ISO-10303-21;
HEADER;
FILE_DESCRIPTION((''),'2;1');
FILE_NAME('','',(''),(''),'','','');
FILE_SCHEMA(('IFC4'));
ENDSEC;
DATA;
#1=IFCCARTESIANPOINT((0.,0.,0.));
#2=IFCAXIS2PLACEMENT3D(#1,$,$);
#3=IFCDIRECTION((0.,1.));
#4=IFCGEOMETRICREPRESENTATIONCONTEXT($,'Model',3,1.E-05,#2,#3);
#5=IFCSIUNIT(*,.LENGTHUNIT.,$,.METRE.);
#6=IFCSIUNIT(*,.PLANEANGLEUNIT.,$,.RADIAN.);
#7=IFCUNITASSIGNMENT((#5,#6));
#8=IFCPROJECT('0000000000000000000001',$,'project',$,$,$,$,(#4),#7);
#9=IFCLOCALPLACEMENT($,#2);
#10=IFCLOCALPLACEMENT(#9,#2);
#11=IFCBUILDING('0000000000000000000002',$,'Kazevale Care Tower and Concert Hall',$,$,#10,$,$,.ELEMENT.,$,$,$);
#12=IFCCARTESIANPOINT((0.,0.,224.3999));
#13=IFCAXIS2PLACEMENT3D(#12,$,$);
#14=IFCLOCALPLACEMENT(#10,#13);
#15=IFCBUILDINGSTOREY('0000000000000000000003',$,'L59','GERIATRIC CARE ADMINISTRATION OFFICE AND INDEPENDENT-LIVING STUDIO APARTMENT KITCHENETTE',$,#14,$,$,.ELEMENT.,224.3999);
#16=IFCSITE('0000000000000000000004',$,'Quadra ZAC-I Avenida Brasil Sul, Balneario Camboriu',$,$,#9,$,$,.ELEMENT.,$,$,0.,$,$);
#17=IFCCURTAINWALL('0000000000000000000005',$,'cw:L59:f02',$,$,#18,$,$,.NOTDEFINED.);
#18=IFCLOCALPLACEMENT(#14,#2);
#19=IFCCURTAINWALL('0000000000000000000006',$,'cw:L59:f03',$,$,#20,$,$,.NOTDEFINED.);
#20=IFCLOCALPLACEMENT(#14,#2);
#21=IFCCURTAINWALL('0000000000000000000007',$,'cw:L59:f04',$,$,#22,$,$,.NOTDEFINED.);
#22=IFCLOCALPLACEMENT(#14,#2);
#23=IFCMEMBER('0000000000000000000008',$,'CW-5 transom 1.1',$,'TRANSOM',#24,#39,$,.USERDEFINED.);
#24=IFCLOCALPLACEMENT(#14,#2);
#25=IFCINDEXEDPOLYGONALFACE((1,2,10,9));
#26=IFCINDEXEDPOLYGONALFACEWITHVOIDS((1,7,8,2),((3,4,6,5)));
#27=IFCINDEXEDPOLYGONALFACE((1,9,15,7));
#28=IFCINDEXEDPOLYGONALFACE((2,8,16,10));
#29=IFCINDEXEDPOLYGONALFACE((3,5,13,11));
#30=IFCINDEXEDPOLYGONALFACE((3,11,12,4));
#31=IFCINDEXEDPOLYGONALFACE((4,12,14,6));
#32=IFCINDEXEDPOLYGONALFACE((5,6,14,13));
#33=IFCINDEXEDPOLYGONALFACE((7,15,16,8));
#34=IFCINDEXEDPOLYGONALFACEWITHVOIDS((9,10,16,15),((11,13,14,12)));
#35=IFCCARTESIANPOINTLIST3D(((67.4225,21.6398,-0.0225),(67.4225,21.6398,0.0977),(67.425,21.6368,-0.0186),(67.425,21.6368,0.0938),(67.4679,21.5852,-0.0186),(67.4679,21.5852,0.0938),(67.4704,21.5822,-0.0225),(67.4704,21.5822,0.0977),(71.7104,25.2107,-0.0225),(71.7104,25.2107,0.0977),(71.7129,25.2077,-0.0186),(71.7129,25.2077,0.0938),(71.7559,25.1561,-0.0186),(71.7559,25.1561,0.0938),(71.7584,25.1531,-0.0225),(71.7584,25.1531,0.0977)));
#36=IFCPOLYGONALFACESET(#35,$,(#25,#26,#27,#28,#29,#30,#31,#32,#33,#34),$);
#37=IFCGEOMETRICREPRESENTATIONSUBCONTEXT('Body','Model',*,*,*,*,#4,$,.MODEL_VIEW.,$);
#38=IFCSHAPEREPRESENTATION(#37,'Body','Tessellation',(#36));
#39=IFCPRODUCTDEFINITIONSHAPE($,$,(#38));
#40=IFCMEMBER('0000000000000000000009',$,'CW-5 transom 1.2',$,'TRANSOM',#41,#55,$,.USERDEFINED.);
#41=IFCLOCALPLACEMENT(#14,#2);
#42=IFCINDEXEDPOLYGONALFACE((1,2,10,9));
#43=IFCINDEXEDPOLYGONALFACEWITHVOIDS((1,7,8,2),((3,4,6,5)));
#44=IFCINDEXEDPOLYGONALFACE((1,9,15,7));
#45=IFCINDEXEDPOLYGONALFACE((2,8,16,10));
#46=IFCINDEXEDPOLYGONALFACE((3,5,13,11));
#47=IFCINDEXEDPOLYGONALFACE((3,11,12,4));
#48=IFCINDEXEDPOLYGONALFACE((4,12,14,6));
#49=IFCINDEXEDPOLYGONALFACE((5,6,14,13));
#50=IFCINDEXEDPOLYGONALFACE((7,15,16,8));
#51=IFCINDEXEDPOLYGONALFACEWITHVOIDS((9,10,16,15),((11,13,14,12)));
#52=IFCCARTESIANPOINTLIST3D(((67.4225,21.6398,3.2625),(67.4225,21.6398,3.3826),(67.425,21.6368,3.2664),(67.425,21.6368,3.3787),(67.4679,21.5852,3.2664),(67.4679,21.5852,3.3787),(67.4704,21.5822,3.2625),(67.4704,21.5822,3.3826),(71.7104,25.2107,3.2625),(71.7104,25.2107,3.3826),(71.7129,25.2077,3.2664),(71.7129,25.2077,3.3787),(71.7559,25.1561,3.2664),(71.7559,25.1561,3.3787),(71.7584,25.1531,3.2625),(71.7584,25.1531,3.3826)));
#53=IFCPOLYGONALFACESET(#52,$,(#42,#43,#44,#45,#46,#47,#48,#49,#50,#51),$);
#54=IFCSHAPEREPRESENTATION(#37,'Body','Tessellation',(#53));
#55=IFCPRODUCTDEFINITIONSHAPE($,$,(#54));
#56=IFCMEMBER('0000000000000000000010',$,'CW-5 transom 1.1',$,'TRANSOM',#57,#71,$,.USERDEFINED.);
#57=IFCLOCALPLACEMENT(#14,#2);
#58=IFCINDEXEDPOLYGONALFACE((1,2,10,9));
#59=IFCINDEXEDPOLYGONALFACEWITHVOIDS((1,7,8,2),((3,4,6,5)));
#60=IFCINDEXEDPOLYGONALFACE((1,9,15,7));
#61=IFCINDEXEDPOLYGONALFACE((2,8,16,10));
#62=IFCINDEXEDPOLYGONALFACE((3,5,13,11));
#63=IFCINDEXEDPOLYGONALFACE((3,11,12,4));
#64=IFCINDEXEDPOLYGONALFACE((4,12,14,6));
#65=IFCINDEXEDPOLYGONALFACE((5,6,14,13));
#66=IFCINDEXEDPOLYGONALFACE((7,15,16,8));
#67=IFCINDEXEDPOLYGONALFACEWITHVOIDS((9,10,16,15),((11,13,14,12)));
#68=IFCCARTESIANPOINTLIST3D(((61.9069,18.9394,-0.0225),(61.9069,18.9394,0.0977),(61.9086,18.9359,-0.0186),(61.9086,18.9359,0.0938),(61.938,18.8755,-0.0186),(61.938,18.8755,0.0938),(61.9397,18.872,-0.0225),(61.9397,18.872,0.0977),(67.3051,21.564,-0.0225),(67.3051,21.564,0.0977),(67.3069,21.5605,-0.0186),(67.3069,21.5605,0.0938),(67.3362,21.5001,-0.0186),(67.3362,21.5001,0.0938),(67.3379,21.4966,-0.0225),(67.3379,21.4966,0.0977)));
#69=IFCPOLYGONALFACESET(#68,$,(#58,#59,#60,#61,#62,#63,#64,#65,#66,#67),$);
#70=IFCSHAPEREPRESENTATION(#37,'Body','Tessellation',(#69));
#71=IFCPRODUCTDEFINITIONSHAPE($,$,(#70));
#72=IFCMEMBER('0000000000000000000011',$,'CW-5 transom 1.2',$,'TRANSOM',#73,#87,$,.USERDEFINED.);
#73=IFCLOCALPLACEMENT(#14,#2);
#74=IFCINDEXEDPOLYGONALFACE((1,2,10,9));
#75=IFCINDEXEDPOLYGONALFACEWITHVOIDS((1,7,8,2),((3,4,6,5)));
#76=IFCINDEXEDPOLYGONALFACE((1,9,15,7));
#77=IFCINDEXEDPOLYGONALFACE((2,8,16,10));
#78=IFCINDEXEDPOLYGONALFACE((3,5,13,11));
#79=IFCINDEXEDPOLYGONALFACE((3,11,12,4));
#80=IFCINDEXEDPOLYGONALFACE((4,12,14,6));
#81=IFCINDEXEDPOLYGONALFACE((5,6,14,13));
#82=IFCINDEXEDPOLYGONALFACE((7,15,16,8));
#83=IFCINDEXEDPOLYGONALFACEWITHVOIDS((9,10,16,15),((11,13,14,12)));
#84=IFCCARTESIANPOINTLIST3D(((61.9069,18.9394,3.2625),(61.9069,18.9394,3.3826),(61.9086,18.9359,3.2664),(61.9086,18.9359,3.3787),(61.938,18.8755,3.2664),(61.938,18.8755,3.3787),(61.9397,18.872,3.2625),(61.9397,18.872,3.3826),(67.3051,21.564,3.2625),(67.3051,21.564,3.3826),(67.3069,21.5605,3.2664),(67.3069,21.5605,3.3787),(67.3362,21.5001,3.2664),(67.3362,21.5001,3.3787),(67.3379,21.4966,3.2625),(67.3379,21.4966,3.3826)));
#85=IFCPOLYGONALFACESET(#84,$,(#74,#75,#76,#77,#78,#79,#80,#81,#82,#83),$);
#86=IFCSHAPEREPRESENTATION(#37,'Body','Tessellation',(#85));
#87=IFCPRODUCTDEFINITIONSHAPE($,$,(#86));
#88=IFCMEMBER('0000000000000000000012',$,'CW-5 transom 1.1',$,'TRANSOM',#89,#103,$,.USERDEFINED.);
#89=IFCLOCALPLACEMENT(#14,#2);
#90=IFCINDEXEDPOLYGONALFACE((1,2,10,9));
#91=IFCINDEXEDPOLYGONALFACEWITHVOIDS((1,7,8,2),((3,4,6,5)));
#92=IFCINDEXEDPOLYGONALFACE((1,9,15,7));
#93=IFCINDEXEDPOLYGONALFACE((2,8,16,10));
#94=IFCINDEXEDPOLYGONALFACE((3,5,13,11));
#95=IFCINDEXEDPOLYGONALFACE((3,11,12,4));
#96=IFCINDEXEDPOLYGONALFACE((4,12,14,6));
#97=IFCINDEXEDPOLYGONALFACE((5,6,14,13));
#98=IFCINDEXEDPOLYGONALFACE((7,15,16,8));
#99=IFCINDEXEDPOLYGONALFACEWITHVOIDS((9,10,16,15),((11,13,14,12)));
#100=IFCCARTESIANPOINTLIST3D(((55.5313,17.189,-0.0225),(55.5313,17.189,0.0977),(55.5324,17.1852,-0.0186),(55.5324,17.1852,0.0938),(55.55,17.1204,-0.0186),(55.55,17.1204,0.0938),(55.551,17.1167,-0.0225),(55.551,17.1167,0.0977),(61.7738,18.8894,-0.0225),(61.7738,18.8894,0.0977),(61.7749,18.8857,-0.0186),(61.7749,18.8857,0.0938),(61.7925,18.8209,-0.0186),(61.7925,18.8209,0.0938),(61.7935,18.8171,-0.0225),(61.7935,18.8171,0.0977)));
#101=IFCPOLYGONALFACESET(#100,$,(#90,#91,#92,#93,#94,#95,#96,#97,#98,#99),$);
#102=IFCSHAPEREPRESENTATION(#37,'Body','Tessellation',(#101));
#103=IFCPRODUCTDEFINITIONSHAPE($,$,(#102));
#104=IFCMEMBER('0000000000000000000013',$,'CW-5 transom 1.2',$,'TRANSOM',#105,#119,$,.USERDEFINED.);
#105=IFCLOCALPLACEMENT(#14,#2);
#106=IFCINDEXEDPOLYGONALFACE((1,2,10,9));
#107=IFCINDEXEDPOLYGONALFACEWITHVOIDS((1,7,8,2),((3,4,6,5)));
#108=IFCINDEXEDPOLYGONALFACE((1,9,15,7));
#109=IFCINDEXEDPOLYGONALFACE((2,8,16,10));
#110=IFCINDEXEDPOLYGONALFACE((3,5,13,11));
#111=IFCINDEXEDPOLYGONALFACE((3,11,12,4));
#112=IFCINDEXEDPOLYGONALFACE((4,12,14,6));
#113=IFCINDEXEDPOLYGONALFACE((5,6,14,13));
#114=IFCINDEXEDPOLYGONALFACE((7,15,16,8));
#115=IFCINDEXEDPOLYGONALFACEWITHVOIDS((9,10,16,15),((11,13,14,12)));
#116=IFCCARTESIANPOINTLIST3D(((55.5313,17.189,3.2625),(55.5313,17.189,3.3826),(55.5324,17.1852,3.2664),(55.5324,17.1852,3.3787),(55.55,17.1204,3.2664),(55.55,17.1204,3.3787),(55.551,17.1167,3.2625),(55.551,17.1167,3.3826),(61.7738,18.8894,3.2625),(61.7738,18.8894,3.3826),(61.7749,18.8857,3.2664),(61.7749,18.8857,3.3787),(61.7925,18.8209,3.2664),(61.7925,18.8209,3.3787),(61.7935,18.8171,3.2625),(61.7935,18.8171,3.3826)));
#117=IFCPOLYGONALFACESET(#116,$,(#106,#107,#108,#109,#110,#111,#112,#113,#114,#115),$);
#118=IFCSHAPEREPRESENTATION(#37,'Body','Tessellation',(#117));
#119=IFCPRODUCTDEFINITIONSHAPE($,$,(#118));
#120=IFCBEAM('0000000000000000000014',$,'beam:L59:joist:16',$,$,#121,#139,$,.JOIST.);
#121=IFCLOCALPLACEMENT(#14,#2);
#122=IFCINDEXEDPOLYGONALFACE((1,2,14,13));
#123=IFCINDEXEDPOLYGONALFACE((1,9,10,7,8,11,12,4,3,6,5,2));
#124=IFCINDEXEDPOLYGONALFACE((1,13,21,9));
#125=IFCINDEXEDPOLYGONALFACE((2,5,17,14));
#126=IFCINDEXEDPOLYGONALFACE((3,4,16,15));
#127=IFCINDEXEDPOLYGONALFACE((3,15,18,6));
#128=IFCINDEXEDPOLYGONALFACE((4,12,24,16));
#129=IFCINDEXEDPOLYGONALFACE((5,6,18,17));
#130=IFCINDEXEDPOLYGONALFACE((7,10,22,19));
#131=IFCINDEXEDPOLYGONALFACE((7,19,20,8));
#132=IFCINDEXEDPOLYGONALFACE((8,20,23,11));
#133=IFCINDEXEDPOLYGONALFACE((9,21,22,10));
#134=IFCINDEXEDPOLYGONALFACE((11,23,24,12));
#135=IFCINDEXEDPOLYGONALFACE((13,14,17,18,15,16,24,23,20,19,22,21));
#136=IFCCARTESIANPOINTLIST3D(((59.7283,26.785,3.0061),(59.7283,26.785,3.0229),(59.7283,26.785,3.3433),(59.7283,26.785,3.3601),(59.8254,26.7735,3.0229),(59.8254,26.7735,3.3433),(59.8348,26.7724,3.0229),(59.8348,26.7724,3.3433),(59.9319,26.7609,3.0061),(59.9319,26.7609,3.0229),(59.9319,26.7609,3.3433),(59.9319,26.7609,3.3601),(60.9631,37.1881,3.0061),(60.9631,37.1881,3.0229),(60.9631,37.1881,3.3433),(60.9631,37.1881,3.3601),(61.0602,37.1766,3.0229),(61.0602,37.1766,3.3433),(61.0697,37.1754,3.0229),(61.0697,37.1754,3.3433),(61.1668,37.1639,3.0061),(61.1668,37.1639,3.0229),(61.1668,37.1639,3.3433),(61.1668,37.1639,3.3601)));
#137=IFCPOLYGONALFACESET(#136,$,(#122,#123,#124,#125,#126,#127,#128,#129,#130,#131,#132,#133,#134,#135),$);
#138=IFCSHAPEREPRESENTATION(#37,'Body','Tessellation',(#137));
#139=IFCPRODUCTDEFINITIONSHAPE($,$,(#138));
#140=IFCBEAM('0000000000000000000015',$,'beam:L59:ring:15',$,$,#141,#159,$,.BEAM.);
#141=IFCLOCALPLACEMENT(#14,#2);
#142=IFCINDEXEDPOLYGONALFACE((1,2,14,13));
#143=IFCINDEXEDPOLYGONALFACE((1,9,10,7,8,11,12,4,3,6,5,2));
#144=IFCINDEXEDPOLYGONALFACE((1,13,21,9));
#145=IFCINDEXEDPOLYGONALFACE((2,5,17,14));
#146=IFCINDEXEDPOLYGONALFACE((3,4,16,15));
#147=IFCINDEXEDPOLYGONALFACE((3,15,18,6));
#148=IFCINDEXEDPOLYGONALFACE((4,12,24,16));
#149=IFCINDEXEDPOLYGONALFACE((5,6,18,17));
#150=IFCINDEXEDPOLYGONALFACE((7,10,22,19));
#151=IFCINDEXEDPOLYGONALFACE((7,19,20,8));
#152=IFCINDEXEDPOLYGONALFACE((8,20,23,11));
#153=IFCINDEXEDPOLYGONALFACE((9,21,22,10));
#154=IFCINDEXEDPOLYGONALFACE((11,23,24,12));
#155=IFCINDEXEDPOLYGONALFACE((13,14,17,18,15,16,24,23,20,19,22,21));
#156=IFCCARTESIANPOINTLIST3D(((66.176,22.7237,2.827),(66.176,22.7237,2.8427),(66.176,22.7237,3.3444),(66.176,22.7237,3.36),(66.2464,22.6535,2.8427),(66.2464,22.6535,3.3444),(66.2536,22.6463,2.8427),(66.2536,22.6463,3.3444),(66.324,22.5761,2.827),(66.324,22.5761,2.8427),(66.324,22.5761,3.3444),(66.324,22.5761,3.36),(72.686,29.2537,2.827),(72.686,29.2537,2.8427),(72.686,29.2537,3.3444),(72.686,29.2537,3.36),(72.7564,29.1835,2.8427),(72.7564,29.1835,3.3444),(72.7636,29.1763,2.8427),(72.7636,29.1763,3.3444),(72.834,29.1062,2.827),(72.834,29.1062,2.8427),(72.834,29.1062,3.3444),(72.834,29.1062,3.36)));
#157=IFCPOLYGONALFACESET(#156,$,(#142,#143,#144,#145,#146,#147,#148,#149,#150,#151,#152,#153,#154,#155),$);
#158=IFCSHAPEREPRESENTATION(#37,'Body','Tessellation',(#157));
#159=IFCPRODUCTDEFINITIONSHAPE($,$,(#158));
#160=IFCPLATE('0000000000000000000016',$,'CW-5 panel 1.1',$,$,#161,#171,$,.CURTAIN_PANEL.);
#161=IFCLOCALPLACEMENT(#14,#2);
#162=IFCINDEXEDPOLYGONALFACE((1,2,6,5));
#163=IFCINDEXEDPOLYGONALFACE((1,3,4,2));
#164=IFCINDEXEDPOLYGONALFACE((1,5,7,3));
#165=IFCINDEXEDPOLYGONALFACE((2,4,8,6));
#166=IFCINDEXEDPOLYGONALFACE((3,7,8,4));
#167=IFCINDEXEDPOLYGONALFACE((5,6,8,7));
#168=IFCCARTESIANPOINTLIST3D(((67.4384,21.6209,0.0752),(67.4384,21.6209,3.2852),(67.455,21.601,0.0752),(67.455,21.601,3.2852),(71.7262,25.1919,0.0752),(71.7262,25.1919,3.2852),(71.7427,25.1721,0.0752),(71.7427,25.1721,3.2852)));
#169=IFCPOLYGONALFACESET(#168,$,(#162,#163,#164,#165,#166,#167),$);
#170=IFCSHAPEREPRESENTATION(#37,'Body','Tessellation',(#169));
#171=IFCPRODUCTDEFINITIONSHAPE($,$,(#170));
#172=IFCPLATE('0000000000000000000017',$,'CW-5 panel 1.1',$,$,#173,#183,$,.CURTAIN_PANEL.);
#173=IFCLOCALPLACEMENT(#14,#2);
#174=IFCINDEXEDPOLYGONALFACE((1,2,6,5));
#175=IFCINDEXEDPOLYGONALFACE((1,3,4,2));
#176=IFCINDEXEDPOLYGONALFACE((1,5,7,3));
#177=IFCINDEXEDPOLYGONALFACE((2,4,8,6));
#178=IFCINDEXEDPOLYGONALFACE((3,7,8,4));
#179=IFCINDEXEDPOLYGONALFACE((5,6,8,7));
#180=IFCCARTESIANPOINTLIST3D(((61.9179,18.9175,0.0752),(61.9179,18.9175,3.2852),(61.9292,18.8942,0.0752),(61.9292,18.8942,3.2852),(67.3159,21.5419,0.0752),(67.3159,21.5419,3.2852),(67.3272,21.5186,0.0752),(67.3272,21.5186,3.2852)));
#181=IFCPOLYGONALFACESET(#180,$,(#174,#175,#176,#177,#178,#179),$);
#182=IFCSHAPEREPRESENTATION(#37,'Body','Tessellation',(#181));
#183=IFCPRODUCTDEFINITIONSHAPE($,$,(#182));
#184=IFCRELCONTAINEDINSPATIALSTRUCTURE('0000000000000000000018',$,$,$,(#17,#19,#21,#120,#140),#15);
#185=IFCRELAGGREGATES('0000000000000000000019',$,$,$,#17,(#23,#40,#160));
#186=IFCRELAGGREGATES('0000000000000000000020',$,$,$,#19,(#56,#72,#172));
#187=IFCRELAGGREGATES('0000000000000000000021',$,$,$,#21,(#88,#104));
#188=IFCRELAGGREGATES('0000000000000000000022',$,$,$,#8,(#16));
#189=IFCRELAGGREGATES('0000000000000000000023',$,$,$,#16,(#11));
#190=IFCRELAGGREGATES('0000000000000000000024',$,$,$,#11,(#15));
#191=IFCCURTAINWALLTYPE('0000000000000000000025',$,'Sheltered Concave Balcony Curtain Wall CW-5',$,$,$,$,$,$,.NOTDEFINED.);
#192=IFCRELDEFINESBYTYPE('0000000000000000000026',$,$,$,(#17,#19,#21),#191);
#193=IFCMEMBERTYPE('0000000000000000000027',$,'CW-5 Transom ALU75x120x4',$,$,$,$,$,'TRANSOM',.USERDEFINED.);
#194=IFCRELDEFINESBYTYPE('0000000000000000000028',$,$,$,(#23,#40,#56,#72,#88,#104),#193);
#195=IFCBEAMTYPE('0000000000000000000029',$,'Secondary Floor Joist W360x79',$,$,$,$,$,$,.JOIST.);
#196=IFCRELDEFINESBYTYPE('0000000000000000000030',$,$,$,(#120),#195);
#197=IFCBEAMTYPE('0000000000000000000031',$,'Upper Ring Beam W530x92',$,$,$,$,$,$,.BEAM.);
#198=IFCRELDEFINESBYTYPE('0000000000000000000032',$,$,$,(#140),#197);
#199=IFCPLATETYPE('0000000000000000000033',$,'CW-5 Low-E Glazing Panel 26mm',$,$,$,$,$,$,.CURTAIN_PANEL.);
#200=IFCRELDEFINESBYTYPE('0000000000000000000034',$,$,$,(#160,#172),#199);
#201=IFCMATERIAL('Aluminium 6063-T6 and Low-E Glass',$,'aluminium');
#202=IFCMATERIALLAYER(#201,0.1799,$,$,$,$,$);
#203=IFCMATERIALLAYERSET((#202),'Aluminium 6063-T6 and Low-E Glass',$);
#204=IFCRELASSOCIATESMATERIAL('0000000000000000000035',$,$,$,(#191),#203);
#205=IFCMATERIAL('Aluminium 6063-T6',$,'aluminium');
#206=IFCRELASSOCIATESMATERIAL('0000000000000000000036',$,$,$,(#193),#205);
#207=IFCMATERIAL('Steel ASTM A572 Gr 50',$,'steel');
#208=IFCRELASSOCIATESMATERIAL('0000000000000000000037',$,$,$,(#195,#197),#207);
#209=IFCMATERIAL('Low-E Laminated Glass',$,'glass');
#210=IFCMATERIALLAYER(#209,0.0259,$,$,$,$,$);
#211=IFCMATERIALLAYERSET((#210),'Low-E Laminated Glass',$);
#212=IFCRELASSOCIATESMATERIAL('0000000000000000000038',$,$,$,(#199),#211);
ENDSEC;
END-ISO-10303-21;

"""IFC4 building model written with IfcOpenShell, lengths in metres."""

from ifc_helpers import new_model, si_unit, direction, frame, origin, origin_2d, place, context, subcontext, project, spatial, rectangle, hollow_rectangle, i_section, extrude, material, layer, layer_set, material_profile, profile_set, type_object, element, aggregate, save


model = new_model("IFC4")

# Units and contexts
model_context = context("Model", 3, precision=1e-05, world=origin(), true_north=direction((0.0, 1.0)))
body_context = subcontext(model_context, "Body", "Model", "MODEL_VIEW")
ifc_project = project(units=[si_unit("LENGTHUNIT", "METRE"), si_unit("PLANEANGLEUNIT", "RADIAN")], contexts=[model_context])

# Site, building, storey
site_placement = place(None, origin())
site = spatial("IfcSite", under=ifc_project, at=site_placement, Name="Quadra ZAC-I Avenida Brasil Sul, Balneario Camboriu", CompositionType="ELEMENT", RefElevation=0.0)
building_placement = place(site_placement, origin())
building = spatial("IfcBuilding", under=site, at=building_placement, Name="Kazevale Care Tower and Concert Hall", CompositionType="ELEMENT")
storey_placement = place(building_placement, frame((0.0, 0.0, 224.3999)))
storey = spatial("IfcBuildingStorey", under=building, at=storey_placement, Name="L59", Description="GERIATRIC CARE ADMINISTRATION OFFICE AND INDEPENDENT-LIVING STUDIO APARTMENT KITCHENETTE", CompositionType="ELEMENT", Elevation=224.3999)

# Curtain walls
ifc_material_1 = material(Name="Aluminium 6063-T6 and Low-E Glass", Category="aluminium")
ifc_layer_1 = layer(ifc_material_1, 0.1799)
ifc_layer_set_1 = layer_set([ifc_layer_1], Name="Aluminium 6063-T6 and Low-E Glass")
curtain_wall_type = type_object("IfcCurtainWallType", Name="Sheltered Concave Balcony Curtain Wall CW-5", PredefinedType="NOTDEFINED", material=ifc_layer_set_1)
curtain_wall_1_placement = place(storey_placement, origin())
curtain_wall_1 = element("IfcCurtainWall", 1, at=curtain_wall_1_placement, inside=storey, type_object=curtain_wall_type, Name="cw:L59:f02", PredefinedType="NOTDEFINED")
ifc_material_2 = material(Name="Aluminium 6063-T6", Category="aluminium")
curtain_wall_2_placement = place(storey_placement, origin())
curtain_wall_2 = element("IfcCurtainWall", 2, at=curtain_wall_2_placement, inside=storey, type_object=curtain_wall_type, Name="cw:L59:f03", PredefinedType="NOTDEFINED")

# Curtain wall
curtain_wall_3_placement = place(storey_placement, origin())
curtain_wall_3 = element("IfcCurtainWall", 3, at=curtain_wall_3_placement, inside=storey, type_object=curtain_wall_type, Name="cw:L59:f04", PredefinedType="NOTDEFINED")

# Members
ifc_material_profile_1 = material_profile(ifc_material_2, hollow_rectangle(XDim=0.075, YDim=0.1201, WallThickness=0.0039, at=origin_2d()), Name="ALU75x120x4")
ifc_profile_set_1 = profile_set([ifc_material_profile_1], Name="Aluminium 6063-T6")
member_type_1 = type_object("IfcMemberType", Name="CW-5 Transom ALU75x120x4", ElementType="TRANSOM", PredefinedType="USERDEFINED", material=ifc_profile_set_1)
member_1_placement = place(storey_placement, frame((71.7344, 25.1819, 0.0376), z_axis=(-0.768433, -0.63993, 0.0), x_axis=(0.63993, -0.768433, 0.0)))
member_1 = element("IfcMember", 4, at=member_1_placement, type_object=member_type_1, Name="CW-5 transom 1.1", ObjectType="TRANSOM", PredefinedType="USERDEFINED", context=body_context, shape_type="SweptSolid", body=[
    extrude(hollow_rectangle(XDim=0.075, YDim=0.1201, WallThickness=0.0039, at=origin_2d()), origin(), (0.0, 0.0, 1.0), 5.5801),
])
member_2_placement = place(storey_placement, frame((71.7344, 25.1819, 3.3225), z_axis=(-0.768433, -0.63993, 0.0), x_axis=(0.63993, -0.768433, 0.0)))
member_2 = element("IfcMember", 5, at=member_2_placement, type_object=member_type_1, Name="CW-5 transom 1.2", ObjectType="TRANSOM", PredefinedType="USERDEFINED", context=body_context, shape_type="SweptSolid", body=[
    extrude(hollow_rectangle(XDim=0.075, YDim=0.1201, WallThickness=0.0039, at=origin_2d()), origin(), (0.0, 0.0, 1.0), 5.5801),
])
member_3_placement = place(storey_placement, frame((67.3215, 21.5303, 0.0376), z_axis=(-0.899342, -0.437245, 0.0), x_axis=(0.437245, -0.899342, 0.0)))
member_3 = element("IfcMember", 6, at=member_3_placement, type_object=member_type_1, Name="CW-5 transom 1.1", ObjectType="TRANSOM", PredefinedType="USERDEFINED", context=body_context, shape_type="SweptSolid", body=[
    extrude(hollow_rectangle(XDim=0.075, YDim=0.1201, WallThickness=0.0039, at=origin_2d()), origin(), (0.0, 0.0, 1.0), 6.0024),
])
member_4_placement = place(storey_placement, frame((67.3215, 21.5303, 3.3225), z_axis=(-0.899342, -0.437245, 0.0), x_axis=(0.437245, -0.899342, 0.0)))
member_4 = element("IfcMember", 7, at=member_4_placement, type_object=member_type_1, Name="CW-5 transom 1.2", ObjectType="TRANSOM", PredefinedType="USERDEFINED", context=body_context, shape_type="SweptSolid", body=[
    extrude(hollow_rectangle(XDim=0.075, YDim=0.1201, WallThickness=0.0039, at=origin_2d()), origin(), (0.0, 0.0, 1.0), 6.0024),
])
member_5_placement = place(storey_placement, frame((61.7837, 18.8533, 0.0376), z_axis=(-0.964844, -0.262824, 0.0), x_axis=(0.262824, -0.964844, 0.0)))
member_5 = element("IfcMember", 8, at=member_5_placement, type_object=member_type_1, Name="CW-5 transom 1.1", ObjectType="TRANSOM", PredefinedType="USERDEFINED", context=body_context, shape_type="SweptSolid", body=[
    extrude(hollow_rectangle(XDim=0.075, YDim=0.1201, WallThickness=0.0039, at=origin_2d()), origin(), (0.0, 0.0, 1.0), 6.47),
])
member_6_placement = place(storey_placement, frame((61.7837, 18.8533, 3.3225), z_axis=(-0.964844, -0.262824, 0.0), x_axis=(0.262824, -0.964844, 0.0)))
member_6 = element("IfcMember", 9, at=member_6_placement, type_object=member_type_1, Name="CW-5 transom 1.2", ObjectType="TRANSOM", PredefinedType="USERDEFINED", context=body_context, shape_type="SweptSolid", body=[
    extrude(hollow_rectangle(XDim=0.075, YDim=0.1201, WallThickness=0.0039, at=origin_2d()), origin(), (0.0, 0.0, 1.0), 6.47),
])

# Beams
ifc_material_3 = material(Name="Steel ASTM A572 Gr 50", Category="steel")
ifc_material_profile_2 = material_profile(ifc_material_3, i_section(OverallWidth=0.2051, OverallDepth=0.354, WebThickness=0.0095, FlangeThickness=0.0168, at=origin_2d()), Name="W360x79")
ifc_profile_set_2 = profile_set([ifc_material_profile_2], Name="Steel ASTM A572 Gr 50")
beam_type_1 = type_object("IfcBeamType", Name="Secondary Floor Joist W360x79", PredefinedType="JOIST", material=ifc_profile_set_2)
beam_1_placement = place(storey_placement, frame((59.8301, 26.7729, 3.1831), z_axis=(0.117874, 0.993029, 0.0), x_axis=(-0.993029, 0.117874, 0.0)))
element("IfcBeam", 10, at=beam_1_placement, inside=storey, type_object=beam_type_1, Name="beam:L59:joist:16", PredefinedType="JOIST", context=body_context, shape_type="SweptSolid", body=[
    extrude(i_section(OverallWidth=0.2051, OverallDepth=0.354, WebThickness=0.0095, FlangeThickness=0.0168, at=origin_2d()), origin(), (0.0, 0.0, 1.0), 10.4761),
])
ifc_material_profile_3 = material_profile(ifc_material_3, i_section(OverallWidth=0.209, OverallDepth=0.533, WebThickness=0.0103, FlangeThickness=0.0156, at=origin_2d()), Name="W530x92")
ifc_profile_set_3 = profile_set([ifc_material_profile_3], Name="Steel ASTM A572 Gr 50")
beam_type_2 = type_object("IfcBeamType", Name="Upper Ring Beam W530x92", PredefinedType="BEAM", material=ifc_profile_set_3)
beam_2_placement = place(storey_placement, frame((66.25, 22.6499, 3.0935), z_axis=(0.70602, 0.708192, 0.0), x_axis=(-0.708192, 0.70602, 0.0)))
element("IfcBeam", 11, at=beam_2_placement, inside=storey, type_object=beam_type_2, Name="beam:L59:ring:15", PredefinedType="BEAM", context=body_context, shape_type="SweptSolid", body=[
    extrude(i_section(OverallWidth=0.209, OverallDepth=0.533, WebThickness=0.0103, FlangeThickness=0.0156, at=origin_2d()), origin(), (0.0, 0.0, 1.0), 9.2207),
])

# Plates
ifc_material_4 = material(Name="Low-E Laminated Glass", Category="glass")
ifc_layer_2 = layer(ifc_material_4, 0.0259)
ifc_layer_set_2 = layer_set([ifc_layer_2], Name="Low-E Laminated Glass")
plate_type = type_object("IfcPlateType", Name="CW-5 Low-E Glazing Panel 26mm", PredefinedType="CURTAIN_PANEL", material=ifc_layer_set_2)
plate_1_placement = place(storey_placement, frame((69.5906, 23.3965, 0.0752), z_axis=(0.0, 0.0, 1.0), x_axis=(-0.768407, -0.639961, 0.0)))
plate_1 = element("IfcPlate", 12, at=plate_1_placement, type_object=plate_type, Name="CW-5 panel 1.1", PredefinedType="CURTAIN_PANEL", context=body_context, shape_type="SweptSolid", body=[
    extrude(rectangle(XDim=5.5801, YDim=0.0259, at=origin_2d()), origin(), (0.0, 0.0, 1.0), 3.21),
])
aggregate(curtain_wall_1, [member_1, member_2, plate_1])
plate_2_placement = place(storey_placement, frame((64.6226, 20.218, 0.0752), z_axis=(0.0, 0.0, 1.0), x_axis=(-0.899346, -0.437238, 0.0)))
plate_2 = element("IfcPlate", 13, at=plate_2_placement, type_object=plate_type, Name="CW-5 panel 1.1", PredefinedType="CURTAIN_PANEL", context=body_context, shape_type="SweptSolid", body=[
    extrude(rectangle(XDim=6.0022, YDim=0.0259, at=origin_2d()), origin(), (0.0, 0.0, 1.0), 3.21),
])
aggregate(curtain_wall_2, [member_3, member_4, plate_2])
aggregate(curtain_wall_3, [member_5, member_6])

save(model, "model.ifc")
